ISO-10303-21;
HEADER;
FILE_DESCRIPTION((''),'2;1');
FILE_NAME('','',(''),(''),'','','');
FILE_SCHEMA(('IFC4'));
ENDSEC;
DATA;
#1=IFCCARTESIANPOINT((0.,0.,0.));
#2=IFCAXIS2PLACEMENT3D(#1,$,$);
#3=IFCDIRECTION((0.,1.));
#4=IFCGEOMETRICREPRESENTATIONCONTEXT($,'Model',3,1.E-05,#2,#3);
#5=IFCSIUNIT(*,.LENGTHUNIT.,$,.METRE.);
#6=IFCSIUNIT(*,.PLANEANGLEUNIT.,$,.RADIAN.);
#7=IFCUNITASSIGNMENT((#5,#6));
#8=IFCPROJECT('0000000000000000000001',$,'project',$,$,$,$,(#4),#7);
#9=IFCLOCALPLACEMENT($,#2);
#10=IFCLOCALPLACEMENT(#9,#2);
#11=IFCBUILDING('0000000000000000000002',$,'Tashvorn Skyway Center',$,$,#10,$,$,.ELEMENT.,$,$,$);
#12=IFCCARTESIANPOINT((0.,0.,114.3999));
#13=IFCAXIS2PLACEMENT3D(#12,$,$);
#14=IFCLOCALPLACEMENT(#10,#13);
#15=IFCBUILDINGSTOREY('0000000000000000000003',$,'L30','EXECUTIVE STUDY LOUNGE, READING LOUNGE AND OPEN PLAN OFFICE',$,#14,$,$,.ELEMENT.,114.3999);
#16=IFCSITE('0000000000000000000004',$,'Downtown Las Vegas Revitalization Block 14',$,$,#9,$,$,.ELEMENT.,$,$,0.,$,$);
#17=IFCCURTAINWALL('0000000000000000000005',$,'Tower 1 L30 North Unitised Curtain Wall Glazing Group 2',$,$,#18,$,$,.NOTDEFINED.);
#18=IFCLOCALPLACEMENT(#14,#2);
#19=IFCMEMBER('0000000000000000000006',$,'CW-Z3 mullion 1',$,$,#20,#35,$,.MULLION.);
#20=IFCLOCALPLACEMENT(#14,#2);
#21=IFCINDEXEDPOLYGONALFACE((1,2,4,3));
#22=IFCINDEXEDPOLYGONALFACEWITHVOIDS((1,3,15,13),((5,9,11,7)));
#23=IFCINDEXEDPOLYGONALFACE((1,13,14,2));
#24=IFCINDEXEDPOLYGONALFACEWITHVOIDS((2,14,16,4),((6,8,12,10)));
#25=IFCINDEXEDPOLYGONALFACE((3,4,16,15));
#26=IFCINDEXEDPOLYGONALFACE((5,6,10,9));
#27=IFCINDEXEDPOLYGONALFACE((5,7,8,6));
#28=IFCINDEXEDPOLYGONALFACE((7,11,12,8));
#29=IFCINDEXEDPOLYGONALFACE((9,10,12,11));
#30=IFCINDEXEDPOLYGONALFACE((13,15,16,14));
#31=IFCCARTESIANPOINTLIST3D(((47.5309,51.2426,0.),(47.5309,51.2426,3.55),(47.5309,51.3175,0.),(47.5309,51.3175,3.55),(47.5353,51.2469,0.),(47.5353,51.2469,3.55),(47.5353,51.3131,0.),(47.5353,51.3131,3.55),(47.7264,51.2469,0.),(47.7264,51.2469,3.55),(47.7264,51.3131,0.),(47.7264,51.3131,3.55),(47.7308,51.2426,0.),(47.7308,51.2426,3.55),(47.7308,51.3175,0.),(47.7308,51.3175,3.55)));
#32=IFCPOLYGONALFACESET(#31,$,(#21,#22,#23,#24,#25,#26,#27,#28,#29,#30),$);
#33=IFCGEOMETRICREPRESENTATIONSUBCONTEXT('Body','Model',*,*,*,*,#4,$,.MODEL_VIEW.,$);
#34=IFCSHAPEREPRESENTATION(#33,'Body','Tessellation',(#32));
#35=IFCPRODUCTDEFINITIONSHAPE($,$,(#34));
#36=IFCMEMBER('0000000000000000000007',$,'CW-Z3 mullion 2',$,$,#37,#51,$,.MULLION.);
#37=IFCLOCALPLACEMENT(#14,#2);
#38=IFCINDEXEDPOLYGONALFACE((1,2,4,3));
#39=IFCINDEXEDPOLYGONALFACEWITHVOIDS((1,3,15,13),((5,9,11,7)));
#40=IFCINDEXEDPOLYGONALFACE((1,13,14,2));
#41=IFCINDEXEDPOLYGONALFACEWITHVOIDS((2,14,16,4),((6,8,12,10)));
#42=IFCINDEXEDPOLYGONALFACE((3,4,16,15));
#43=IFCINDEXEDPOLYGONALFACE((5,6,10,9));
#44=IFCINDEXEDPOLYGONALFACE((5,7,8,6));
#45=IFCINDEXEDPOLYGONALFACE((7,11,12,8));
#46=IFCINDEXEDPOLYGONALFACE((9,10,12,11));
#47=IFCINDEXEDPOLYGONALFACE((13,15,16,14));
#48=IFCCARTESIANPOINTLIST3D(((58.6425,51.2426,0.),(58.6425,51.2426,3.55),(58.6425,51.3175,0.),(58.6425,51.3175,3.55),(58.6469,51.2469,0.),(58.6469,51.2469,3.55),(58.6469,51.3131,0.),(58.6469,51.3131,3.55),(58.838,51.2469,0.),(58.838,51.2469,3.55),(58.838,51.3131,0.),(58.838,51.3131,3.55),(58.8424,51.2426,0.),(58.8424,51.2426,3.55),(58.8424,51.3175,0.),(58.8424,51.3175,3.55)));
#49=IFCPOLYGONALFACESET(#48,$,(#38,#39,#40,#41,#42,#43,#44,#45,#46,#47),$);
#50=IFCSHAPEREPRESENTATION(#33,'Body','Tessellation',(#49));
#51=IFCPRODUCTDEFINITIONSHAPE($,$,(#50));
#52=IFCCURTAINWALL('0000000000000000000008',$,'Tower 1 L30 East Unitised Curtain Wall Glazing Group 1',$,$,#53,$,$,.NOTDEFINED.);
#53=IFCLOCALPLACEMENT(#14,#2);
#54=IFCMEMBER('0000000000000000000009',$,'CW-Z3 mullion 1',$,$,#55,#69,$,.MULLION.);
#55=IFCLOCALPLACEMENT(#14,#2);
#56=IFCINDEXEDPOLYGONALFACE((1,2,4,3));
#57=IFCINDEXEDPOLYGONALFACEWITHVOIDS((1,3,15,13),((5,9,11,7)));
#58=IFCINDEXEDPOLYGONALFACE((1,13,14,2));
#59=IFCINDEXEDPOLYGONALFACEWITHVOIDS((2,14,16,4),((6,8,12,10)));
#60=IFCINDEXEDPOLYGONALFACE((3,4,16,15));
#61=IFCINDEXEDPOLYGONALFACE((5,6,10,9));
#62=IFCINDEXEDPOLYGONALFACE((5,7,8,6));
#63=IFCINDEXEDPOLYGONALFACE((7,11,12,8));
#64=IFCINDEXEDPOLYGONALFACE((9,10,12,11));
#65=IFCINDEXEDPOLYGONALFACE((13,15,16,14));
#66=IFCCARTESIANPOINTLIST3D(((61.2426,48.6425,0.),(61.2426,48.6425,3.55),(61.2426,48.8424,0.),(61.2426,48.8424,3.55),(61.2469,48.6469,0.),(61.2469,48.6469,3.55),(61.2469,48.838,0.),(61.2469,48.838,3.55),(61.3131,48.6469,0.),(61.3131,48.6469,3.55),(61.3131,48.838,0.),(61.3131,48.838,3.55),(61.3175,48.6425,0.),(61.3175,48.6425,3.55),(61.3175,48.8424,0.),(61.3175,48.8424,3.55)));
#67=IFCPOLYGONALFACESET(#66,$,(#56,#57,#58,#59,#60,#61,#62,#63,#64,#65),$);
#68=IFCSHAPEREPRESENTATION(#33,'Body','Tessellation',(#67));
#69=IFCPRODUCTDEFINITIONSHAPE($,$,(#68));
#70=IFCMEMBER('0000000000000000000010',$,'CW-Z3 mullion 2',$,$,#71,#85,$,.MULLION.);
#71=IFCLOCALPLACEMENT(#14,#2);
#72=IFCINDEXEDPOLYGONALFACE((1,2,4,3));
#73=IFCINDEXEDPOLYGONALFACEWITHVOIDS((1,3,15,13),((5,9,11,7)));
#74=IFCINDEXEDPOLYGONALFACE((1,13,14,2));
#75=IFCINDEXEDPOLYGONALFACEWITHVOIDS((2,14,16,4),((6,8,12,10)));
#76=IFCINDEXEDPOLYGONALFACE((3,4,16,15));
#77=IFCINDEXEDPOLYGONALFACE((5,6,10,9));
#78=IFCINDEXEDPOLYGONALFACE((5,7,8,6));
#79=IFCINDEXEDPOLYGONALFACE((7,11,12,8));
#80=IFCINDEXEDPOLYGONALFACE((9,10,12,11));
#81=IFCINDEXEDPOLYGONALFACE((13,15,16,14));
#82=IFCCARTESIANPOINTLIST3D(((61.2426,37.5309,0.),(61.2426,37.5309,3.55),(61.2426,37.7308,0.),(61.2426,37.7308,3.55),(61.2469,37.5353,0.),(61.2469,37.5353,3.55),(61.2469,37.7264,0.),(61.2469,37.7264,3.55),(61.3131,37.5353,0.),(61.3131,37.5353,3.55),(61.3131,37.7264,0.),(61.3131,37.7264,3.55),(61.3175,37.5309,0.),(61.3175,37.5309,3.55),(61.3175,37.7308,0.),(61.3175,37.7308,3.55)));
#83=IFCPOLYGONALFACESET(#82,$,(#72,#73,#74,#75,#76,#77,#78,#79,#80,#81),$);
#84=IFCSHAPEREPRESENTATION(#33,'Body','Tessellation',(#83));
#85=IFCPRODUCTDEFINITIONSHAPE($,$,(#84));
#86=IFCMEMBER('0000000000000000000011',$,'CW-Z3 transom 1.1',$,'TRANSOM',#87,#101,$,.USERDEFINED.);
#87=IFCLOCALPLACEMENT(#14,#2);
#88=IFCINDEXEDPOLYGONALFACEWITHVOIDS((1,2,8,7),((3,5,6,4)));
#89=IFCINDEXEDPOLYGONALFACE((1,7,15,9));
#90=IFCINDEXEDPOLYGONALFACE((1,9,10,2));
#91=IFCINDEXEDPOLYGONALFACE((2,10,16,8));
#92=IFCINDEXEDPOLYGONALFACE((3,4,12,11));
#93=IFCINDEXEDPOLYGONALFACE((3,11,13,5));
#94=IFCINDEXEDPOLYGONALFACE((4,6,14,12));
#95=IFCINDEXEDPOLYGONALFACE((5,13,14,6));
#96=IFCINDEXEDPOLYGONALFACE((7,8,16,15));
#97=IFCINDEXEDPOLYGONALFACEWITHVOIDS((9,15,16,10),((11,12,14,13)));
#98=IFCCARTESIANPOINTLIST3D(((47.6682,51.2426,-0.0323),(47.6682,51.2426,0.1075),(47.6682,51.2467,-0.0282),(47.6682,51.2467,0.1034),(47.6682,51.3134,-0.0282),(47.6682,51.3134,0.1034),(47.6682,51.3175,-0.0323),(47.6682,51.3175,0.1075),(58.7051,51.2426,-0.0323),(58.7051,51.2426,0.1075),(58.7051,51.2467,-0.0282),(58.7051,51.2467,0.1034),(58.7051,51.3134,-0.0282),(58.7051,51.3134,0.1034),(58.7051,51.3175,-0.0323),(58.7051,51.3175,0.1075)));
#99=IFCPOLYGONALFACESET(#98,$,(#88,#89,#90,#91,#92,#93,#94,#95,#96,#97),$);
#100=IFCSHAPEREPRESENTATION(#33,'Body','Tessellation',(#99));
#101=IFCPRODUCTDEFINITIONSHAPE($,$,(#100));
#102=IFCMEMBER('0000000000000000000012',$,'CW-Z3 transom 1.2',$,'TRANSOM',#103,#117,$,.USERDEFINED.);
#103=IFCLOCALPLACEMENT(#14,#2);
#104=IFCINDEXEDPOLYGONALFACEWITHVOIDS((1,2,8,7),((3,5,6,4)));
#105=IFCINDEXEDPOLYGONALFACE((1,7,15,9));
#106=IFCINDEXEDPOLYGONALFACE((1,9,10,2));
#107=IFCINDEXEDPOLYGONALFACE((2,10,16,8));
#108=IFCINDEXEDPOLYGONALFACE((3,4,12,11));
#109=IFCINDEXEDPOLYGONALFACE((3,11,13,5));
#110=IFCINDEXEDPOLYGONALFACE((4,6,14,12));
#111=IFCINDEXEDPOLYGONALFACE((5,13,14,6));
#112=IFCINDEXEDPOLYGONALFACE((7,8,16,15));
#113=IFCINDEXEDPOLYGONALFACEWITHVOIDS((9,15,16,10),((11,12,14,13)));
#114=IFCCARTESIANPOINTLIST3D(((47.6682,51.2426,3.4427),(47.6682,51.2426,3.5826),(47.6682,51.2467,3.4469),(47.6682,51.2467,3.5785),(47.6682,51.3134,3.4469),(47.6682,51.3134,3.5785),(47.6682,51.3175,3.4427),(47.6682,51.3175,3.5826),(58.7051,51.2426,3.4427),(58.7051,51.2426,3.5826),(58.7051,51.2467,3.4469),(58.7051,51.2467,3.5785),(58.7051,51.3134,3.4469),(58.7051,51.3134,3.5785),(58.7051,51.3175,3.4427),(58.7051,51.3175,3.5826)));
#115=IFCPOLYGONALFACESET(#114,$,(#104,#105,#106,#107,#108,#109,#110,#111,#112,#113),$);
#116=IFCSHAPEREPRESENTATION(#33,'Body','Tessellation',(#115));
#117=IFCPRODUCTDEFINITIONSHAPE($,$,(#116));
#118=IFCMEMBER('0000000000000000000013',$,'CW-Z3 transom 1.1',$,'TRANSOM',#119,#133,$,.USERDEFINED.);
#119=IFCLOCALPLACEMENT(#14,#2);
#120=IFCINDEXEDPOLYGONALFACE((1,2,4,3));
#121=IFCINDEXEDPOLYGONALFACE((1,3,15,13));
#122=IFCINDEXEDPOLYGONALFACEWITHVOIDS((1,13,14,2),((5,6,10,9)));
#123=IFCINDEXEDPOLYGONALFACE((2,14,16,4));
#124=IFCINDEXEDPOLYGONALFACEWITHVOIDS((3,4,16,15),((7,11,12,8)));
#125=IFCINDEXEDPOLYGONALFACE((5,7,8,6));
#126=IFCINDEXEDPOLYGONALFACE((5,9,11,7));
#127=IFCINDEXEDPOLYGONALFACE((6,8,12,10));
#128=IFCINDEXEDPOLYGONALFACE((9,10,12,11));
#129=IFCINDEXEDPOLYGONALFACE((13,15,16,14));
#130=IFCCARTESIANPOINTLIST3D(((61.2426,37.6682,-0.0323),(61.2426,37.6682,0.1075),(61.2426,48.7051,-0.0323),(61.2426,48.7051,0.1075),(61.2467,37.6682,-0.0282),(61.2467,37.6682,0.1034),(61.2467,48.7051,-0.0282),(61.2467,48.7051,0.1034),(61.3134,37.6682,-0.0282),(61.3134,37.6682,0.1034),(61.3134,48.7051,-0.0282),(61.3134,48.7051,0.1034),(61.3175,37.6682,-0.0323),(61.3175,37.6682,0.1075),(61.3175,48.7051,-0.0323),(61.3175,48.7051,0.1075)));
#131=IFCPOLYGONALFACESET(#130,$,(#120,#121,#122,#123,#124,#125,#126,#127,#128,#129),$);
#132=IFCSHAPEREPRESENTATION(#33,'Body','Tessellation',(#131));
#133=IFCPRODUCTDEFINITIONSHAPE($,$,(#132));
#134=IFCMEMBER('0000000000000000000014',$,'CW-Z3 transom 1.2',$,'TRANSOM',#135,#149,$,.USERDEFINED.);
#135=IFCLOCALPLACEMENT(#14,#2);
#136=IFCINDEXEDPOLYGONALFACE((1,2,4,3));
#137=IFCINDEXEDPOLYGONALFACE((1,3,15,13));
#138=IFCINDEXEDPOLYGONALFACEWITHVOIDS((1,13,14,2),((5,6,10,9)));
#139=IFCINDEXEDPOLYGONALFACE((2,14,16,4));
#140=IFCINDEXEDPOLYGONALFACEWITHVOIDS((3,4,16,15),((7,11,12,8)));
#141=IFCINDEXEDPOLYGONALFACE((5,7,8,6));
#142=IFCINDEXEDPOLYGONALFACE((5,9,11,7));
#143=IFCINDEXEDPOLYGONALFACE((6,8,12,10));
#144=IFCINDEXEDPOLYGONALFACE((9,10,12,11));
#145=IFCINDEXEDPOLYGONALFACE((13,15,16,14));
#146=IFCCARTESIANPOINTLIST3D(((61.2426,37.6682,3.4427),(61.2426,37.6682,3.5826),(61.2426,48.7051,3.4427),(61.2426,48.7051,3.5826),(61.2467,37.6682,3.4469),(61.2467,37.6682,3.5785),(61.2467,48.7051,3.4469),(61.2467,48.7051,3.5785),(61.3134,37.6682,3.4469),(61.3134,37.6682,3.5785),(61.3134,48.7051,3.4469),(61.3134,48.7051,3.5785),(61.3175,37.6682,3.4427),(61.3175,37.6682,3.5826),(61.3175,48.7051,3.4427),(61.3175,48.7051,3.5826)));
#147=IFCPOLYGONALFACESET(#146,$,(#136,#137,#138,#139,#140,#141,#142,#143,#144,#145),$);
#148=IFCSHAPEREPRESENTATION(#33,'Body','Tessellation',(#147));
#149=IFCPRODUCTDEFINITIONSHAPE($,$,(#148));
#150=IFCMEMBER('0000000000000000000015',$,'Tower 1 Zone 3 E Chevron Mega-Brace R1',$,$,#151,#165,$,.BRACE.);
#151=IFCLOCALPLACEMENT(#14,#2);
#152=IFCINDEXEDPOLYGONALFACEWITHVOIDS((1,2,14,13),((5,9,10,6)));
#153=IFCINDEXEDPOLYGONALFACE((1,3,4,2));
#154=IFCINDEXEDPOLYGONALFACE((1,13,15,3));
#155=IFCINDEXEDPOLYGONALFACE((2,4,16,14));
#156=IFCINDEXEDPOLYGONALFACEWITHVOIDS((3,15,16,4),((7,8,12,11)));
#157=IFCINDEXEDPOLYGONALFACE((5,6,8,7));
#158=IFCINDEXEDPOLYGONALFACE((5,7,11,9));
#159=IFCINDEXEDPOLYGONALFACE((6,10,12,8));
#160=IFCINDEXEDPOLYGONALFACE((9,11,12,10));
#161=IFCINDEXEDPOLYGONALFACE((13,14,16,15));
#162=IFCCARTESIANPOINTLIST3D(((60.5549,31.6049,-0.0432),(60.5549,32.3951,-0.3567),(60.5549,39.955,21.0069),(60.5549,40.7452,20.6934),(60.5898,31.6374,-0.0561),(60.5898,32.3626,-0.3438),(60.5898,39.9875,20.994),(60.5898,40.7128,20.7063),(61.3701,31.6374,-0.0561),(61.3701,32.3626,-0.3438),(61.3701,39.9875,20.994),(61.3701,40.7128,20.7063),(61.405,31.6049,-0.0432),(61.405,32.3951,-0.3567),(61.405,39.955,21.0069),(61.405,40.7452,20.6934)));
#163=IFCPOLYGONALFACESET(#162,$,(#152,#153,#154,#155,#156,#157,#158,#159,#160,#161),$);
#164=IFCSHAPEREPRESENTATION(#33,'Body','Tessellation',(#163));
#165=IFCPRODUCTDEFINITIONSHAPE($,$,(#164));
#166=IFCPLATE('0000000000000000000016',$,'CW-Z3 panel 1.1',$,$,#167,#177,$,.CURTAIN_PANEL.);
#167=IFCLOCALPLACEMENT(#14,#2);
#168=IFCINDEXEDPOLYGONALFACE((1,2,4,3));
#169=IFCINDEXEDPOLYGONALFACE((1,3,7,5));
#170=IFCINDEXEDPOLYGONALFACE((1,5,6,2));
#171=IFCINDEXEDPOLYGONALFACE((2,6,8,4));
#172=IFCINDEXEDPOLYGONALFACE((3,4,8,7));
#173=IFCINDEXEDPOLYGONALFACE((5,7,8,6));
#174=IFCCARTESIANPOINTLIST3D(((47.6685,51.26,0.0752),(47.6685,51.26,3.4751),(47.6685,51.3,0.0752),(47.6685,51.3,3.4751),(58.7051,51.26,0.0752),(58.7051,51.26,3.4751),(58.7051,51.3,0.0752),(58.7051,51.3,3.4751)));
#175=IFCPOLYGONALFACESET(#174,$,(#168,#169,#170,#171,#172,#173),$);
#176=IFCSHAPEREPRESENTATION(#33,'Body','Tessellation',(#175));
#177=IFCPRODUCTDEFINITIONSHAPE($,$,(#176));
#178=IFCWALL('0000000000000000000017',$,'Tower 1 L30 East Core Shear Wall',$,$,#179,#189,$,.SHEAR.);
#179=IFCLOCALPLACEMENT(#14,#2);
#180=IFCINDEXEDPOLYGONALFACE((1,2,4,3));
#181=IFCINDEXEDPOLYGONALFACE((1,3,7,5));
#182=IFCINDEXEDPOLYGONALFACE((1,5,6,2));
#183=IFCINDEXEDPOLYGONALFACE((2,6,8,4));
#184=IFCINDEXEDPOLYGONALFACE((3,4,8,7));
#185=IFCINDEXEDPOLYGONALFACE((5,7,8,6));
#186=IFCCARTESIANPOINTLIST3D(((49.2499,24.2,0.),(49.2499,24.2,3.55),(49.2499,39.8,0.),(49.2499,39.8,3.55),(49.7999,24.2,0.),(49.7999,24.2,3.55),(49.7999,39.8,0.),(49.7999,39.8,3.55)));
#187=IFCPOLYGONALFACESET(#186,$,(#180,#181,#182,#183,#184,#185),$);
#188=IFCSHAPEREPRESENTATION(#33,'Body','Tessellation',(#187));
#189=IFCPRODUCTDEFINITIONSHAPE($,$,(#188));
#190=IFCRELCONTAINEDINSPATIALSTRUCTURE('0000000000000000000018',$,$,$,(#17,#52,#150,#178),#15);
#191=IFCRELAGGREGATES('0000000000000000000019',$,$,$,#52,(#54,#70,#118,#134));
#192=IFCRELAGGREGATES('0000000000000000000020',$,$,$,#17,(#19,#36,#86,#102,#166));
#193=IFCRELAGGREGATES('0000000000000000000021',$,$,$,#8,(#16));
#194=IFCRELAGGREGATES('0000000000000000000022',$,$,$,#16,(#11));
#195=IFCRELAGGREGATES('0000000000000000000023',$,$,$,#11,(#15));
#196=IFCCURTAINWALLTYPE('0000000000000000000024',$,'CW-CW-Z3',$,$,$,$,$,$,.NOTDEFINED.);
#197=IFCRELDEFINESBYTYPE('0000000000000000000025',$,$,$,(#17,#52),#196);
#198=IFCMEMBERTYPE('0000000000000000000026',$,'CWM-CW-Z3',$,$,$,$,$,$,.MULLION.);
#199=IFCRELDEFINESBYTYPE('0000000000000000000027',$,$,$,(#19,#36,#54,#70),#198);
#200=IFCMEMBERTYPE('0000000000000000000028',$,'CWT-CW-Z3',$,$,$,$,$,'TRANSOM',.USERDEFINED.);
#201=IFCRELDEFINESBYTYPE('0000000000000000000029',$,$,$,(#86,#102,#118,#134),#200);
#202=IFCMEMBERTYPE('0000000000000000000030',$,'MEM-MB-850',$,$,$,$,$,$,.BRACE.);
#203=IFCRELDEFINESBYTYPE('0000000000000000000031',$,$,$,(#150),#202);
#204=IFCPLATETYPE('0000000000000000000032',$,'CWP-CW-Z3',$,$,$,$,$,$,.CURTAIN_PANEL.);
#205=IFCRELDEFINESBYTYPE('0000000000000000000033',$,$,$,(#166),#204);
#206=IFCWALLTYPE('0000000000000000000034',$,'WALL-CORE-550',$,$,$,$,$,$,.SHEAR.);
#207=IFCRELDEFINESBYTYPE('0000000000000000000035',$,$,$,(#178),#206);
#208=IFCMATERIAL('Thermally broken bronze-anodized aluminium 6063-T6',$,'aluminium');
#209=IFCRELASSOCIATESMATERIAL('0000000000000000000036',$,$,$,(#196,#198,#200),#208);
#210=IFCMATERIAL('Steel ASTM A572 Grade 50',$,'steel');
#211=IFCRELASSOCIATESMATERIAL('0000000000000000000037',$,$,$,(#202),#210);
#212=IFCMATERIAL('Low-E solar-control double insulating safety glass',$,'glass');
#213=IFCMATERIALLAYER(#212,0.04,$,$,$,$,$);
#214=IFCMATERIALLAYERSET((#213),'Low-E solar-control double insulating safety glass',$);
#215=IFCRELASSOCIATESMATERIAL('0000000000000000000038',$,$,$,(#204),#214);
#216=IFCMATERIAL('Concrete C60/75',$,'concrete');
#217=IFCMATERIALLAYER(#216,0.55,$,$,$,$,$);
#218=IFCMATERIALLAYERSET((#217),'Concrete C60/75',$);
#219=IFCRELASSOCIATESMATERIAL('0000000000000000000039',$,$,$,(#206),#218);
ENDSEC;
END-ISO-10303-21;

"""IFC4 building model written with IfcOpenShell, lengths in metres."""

from ifc_helpers import new_model, si_unit, direction, frame, frame_2d, origin, origin_2d, place, context, subcontext, project, spatial, rectangle, hollow_rectangle, extrude, material, layer, layer_set, material_profile, profile_set, type_object, element, aggregate, save


model = new_model("IFC4")

# Units and contexts
model_context = context("Model", 3, precision=1e-05, world=origin(), true_north=direction((0.0, 1.0)))
body_context = subcontext(model_context, "Body", "Model", "MODEL_VIEW")
ifc_project = project(units=[si_unit("LENGTHUNIT", "METRE"), si_unit("PLANEANGLEUNIT", "RADIAN")], contexts=[model_context])

# Site, building, storey
site_placement = place(None, origin())
site = spatial("IfcSite", under=ifc_project, at=site_placement, Name="Downtown Las Vegas Revitalization Block 14", CompositionType="ELEMENT", RefElevation=0.0)
building_placement = place(site_placement, origin())
building = spatial("IfcBuilding", under=site, at=building_placement, Name="Tashvorn Skyway Center", CompositionType="ELEMENT")
storey_placement = place(building_placement, frame((0.0, 0.0, 114.3999)))
storey = spatial("IfcBuildingStorey", under=building, at=storey_placement, Name="L30", Description="EXECUTIVE STUDY LOUNGE, READING LOUNGE AND OPEN PLAN OFFICE", CompositionType="ELEMENT", Elevation=114.3999)

# Shared definitions
ifc_material_1 = material(Name="Steel ASTM A572 Grade 50", Category="steel")

# Curtain walls, members
ifc_material_2 = material(Name="Thermally broken bronze-anodized aluminium 6063-T6", Category="aluminium")
curtain_wall_type = type_object("IfcCurtainWallType", Name="CW-CW-Z3", PredefinedType="NOTDEFINED", material=ifc_material_2)
curtain_wall_1_placement = place(storey_placement, origin())
curtain_wall_1 = element("IfcCurtainWall", 1, at=curtain_wall_1_placement, inside=storey, type_object=curtain_wall_type, Name="Tower 1 L30 North Unitised Curtain Wall Glazing Group 2", PredefinedType="NOTDEFINED")
ifc_material_profile_1 = material_profile(ifc_material_2, hollow_rectangle(XDim=0.075, YDim=0.2, WallThickness=0.0044, at=origin_2d()), Name="ALU-MULL-75x200")
ifc_profile_set_1 = profile_set([ifc_material_profile_1], Name="Thermally broken bronze-anodized aluminium 6063-T6")
member_type_1 = type_object("IfcMemberType", Name="CWM-CW-Z3", PredefinedType="MULLION", material=ifc_profile_set_1)
member_1_placement = place(storey_placement, frame((47.6309, 51.28, 0.0), z_axis=(0.0, 0.0, 1.0), x_axis=(0.0, 1.0, 0.0)))
member_1 = element("IfcMember", 2, at=member_1_placement, type_object=member_type_1, Name="CW-Z3 mullion 1", PredefinedType="MULLION", context=body_context, shape_type="SweptSolid", body=[
    extrude(hollow_rectangle(XDim=0.075, YDim=0.2, WallThickness=0.0044, at=origin_2d()), origin(), (0.0, 0.0, 1.0), 3.55),
])
member_2_placement = place(storey_placement, frame((58.7424, 51.28, 0.0), z_axis=(0.0, 0.0, 1.0), x_axis=(0.0, 1.0, 0.0)))
member_2 = element("IfcMember", 3, at=member_2_placement, type_object=member_type_1, Name="CW-Z3 mullion 2", PredefinedType="MULLION", context=body_context, shape_type="SweptSolid", body=[
    extrude(hollow_rectangle(XDim=0.075, YDim=0.2, WallThickness=0.0044, at=origin_2d()), origin(), (0.0, 0.0, 1.0), 3.55),
])
curtain_wall_2_placement = place(storey_placement, origin())
curtain_wall_2 = element("IfcCurtainWall", 4, at=curtain_wall_2_placement, inside=storey, type_object=curtain_wall_type, Name="Tower 1 L30 East Unitised Curtain Wall Glazing Group 1", PredefinedType="NOTDEFINED")
member_3_placement = place(storey_placement, frame((61.28, 48.7424, 0.0), z_axis=(0.0, 0.0, 1.0), x_axis=(1.0, 0.0, 0.0)))
member_3 = element("IfcMember", 5, at=member_3_placement, type_object=member_type_1, Name="CW-Z3 mullion 1", PredefinedType="MULLION", context=body_context, shape_type="SweptSolid", body=[
    extrude(hollow_rectangle(XDim=0.075, YDim=0.2, WallThickness=0.0044, at=origin_2d()), origin(), (0.0, 0.0, 1.0), 3.55),
])
member_4_placement = place(storey_placement, frame((61.28, 37.6309, 0.0), z_axis=(0.0, 0.0, 1.0), x_axis=(1.0, 0.0, 0.0)))
member_4 = element("IfcMember", 6, at=member_4_placement, type_object=member_type_1, Name="CW-Z3 mullion 2", PredefinedType="MULLION", context=body_context, shape_type="SweptSolid", body=[
    extrude(hollow_rectangle(XDim=0.075, YDim=0.2, WallThickness=0.0044, at=origin_2d()), origin(), (0.0, 0.0, 1.0), 3.55),
])

# Members
ifc_material_profile_2 = material_profile(ifc_material_2, hollow_rectangle(XDim=0.075, YDim=0.1399, WallThickness=0.0042, at=origin_2d()), Name="ALU-TRAN-75x140")
ifc_profile_set_2 = profile_set([ifc_material_profile_2], Name="Thermally broken bronze-anodized aluminium 6063-T6")
member_type_2 = type_object("IfcMemberType", Name="CWT-CW-Z3", ElementType="TRANSOM", PredefinedType="USERDEFINED", material=ifc_profile_set_2)
member_5_placement = place(storey_placement, frame((47.6682, 51.28, 0.0376), z_axis=(1.0, 0.0, 0.0), x_axis=(0.0, 1.0, 0.0)))
member_5 = element("IfcMember", 7, at=member_5_placement, type_object=member_type_2, Name="CW-Z3 transom 1.1", ObjectType="TRANSOM", PredefinedType="USERDEFINED", context=body_context, shape_type="SweptSolid", body=[
    extrude(hollow_rectangle(XDim=0.075, YDim=0.1399, WallThickness=0.0042, at=origin_2d()), origin(), (0.0, 0.0, 1.0), 11.0369),
])
member_6_placement = place(storey_placement, frame((47.6682, 51.28, 3.5127), z_axis=(1.0, 0.0, 0.0), x_axis=(0.0, 1.0, 0.0)))
member_6 = element("IfcMember", 8, at=member_6_placement, type_object=member_type_2, Name="CW-Z3 transom 1.2", ObjectType="TRANSOM", PredefinedType="USERDEFINED", context=body_context, shape_type="SweptSolid", body=[
    extrude(hollow_rectangle(XDim=0.075, YDim=0.1399, WallThickness=0.0042, at=origin_2d()), origin(), (0.0, 0.0, 1.0), 11.0369),
])
member_7_placement = place(storey_placement, frame((61.28, 48.7051, 0.0376), z_axis=(0.0, -1.0, 0.0), x_axis=(1.0, 0.0, 0.0)))
member_7 = element("IfcMember", 9, at=member_7_placement, type_object=member_type_2, Name="CW-Z3 transom 1.1", ObjectType="TRANSOM", PredefinedType="USERDEFINED", context=body_context, shape_type="SweptSolid", body=[
    extrude(hollow_rectangle(XDim=0.075, YDim=0.1399, WallThickness=0.0042, at=origin_2d()), origin(), (0.0, 0.0, 1.0), 11.0369),
])
member_8_placement = place(storey_placement, frame((61.28, 48.7051, 3.5127), z_axis=(0.0, -1.0, 0.0), x_axis=(1.0, 0.0, 0.0)))
member_8 = element("IfcMember", 10, at=member_8_placement, type_object=member_type_2, Name="CW-Z3 transom 1.2", ObjectType="TRANSOM", PredefinedType="USERDEFINED", context=body_context, shape_type="SweptSolid", body=[
    extrude(hollow_rectangle(XDim=0.075, YDim=0.1399, WallThickness=0.0042, at=origin_2d()), origin(), (0.0, 0.0, 1.0), 11.0369),
])
aggregate(curtain_wall_2, [member_3, member_4, member_7, member_8])
ifc_material_profile_3 = material_profile(ifc_material_1, hollow_rectangle(XDim=0.8501, YDim=0.8501, WallThickness=0.0349, at=origin_2d()), Name="BOX850x850x35")
ifc_profile_set_3 = profile_set([ifc_material_profile_3], Name="Steel ASTM A572 Grade 50")
member_type_3 = type_object("IfcMemberType", Name="MEM-MB-850", PredefinedType="BRACE", material=ifc_profile_set_3)
member_9_placement = place(storey_placement, frame((60.98, 32.0, -0.2), z_axis=(0.0, 0.368727, 0.929538), x_axis=(-1.0, 0.0, 0.0)))
element("IfcMember", 11, at=member_9_placement, inside=storey, type_object=member_type_3, Name="Tower 1 Zone 3 E Chevron Mega-Brace R1", PredefinedType="BRACE", context=body_context, shape_type="SweptSolid", body=[
    extrude(hollow_rectangle(XDim=0.8501, YDim=0.8501, WallThickness=0.0349, at=origin_2d()), origin(), (0.0, 0.0, 1.0), 22.6458),
])

# Plate
ifc_material_3 = material(Name="Low-E solar-control double insulating safety glass", Category="glass")
ifc_layer_1 = layer(ifc_material_3, 0.04)
ifc_layer_set_1 = layer_set([ifc_layer_1], Name="Low-E solar-control double insulating safety glass")
plate_type = type_object("IfcPlateType", Name="CWP-CW-Z3", PredefinedType="CURTAIN_PANEL", material=ifc_layer_set_1)
plate_placement = place(storey_placement, frame((53.1868, 51.28, 0.0752), z_axis=(0.0, 0.0, 1.0), x_axis=(1.0, 0.0, 0.0)))
plate = element("IfcPlate", 12, at=plate_placement, type_object=plate_type, Name="CW-Z3 panel 1.1", PredefinedType="CURTAIN_PANEL", context=body_context, shape_type="SweptSolid", body=[
    extrude(rectangle(XDim=11.0366, YDim=0.04, at=origin_2d()), origin(), (0.0, 0.0, 1.0), 3.3999),
])
aggregate(curtain_wall_1, [member_1, member_2, member_5, member_6, plate])

# Wall
ifc_material_4 = material(Name="Concrete C60/75", Category="concrete")
ifc_layer_2 = layer(ifc_material_4, 0.55)
ifc_layer_set_2 = layer_set([ifc_layer_2], Name="Concrete C60/75")
wall_type_1 = type_object("IfcWallType", Name="WALL-CORE-550", PredefinedType="SHEAR", material=ifc_layer_set_2)
wall_1_placement = place(storey_placement, frame((49.5249, 39.8, 0.0), z_axis=(0.0, 0.0, 1.0), x_axis=(0.0, -1.0, 0.0)))
element("IfcWall", 13, at=wall_1_placement, inside=storey, type_object=wall_type_1, Name="Tower 1 L30 East Core Shear Wall", PredefinedType="SHEAR", context=body_context, shape_type="SweptSolid", body=[
    extrude(rectangle(XDim=15.6001, YDim=0.55, at=frame_2d((7.8, 0.0))), origin(), (0.0, 0.0, 1.0), 3.55),
])

save(model, "model.ifc")
